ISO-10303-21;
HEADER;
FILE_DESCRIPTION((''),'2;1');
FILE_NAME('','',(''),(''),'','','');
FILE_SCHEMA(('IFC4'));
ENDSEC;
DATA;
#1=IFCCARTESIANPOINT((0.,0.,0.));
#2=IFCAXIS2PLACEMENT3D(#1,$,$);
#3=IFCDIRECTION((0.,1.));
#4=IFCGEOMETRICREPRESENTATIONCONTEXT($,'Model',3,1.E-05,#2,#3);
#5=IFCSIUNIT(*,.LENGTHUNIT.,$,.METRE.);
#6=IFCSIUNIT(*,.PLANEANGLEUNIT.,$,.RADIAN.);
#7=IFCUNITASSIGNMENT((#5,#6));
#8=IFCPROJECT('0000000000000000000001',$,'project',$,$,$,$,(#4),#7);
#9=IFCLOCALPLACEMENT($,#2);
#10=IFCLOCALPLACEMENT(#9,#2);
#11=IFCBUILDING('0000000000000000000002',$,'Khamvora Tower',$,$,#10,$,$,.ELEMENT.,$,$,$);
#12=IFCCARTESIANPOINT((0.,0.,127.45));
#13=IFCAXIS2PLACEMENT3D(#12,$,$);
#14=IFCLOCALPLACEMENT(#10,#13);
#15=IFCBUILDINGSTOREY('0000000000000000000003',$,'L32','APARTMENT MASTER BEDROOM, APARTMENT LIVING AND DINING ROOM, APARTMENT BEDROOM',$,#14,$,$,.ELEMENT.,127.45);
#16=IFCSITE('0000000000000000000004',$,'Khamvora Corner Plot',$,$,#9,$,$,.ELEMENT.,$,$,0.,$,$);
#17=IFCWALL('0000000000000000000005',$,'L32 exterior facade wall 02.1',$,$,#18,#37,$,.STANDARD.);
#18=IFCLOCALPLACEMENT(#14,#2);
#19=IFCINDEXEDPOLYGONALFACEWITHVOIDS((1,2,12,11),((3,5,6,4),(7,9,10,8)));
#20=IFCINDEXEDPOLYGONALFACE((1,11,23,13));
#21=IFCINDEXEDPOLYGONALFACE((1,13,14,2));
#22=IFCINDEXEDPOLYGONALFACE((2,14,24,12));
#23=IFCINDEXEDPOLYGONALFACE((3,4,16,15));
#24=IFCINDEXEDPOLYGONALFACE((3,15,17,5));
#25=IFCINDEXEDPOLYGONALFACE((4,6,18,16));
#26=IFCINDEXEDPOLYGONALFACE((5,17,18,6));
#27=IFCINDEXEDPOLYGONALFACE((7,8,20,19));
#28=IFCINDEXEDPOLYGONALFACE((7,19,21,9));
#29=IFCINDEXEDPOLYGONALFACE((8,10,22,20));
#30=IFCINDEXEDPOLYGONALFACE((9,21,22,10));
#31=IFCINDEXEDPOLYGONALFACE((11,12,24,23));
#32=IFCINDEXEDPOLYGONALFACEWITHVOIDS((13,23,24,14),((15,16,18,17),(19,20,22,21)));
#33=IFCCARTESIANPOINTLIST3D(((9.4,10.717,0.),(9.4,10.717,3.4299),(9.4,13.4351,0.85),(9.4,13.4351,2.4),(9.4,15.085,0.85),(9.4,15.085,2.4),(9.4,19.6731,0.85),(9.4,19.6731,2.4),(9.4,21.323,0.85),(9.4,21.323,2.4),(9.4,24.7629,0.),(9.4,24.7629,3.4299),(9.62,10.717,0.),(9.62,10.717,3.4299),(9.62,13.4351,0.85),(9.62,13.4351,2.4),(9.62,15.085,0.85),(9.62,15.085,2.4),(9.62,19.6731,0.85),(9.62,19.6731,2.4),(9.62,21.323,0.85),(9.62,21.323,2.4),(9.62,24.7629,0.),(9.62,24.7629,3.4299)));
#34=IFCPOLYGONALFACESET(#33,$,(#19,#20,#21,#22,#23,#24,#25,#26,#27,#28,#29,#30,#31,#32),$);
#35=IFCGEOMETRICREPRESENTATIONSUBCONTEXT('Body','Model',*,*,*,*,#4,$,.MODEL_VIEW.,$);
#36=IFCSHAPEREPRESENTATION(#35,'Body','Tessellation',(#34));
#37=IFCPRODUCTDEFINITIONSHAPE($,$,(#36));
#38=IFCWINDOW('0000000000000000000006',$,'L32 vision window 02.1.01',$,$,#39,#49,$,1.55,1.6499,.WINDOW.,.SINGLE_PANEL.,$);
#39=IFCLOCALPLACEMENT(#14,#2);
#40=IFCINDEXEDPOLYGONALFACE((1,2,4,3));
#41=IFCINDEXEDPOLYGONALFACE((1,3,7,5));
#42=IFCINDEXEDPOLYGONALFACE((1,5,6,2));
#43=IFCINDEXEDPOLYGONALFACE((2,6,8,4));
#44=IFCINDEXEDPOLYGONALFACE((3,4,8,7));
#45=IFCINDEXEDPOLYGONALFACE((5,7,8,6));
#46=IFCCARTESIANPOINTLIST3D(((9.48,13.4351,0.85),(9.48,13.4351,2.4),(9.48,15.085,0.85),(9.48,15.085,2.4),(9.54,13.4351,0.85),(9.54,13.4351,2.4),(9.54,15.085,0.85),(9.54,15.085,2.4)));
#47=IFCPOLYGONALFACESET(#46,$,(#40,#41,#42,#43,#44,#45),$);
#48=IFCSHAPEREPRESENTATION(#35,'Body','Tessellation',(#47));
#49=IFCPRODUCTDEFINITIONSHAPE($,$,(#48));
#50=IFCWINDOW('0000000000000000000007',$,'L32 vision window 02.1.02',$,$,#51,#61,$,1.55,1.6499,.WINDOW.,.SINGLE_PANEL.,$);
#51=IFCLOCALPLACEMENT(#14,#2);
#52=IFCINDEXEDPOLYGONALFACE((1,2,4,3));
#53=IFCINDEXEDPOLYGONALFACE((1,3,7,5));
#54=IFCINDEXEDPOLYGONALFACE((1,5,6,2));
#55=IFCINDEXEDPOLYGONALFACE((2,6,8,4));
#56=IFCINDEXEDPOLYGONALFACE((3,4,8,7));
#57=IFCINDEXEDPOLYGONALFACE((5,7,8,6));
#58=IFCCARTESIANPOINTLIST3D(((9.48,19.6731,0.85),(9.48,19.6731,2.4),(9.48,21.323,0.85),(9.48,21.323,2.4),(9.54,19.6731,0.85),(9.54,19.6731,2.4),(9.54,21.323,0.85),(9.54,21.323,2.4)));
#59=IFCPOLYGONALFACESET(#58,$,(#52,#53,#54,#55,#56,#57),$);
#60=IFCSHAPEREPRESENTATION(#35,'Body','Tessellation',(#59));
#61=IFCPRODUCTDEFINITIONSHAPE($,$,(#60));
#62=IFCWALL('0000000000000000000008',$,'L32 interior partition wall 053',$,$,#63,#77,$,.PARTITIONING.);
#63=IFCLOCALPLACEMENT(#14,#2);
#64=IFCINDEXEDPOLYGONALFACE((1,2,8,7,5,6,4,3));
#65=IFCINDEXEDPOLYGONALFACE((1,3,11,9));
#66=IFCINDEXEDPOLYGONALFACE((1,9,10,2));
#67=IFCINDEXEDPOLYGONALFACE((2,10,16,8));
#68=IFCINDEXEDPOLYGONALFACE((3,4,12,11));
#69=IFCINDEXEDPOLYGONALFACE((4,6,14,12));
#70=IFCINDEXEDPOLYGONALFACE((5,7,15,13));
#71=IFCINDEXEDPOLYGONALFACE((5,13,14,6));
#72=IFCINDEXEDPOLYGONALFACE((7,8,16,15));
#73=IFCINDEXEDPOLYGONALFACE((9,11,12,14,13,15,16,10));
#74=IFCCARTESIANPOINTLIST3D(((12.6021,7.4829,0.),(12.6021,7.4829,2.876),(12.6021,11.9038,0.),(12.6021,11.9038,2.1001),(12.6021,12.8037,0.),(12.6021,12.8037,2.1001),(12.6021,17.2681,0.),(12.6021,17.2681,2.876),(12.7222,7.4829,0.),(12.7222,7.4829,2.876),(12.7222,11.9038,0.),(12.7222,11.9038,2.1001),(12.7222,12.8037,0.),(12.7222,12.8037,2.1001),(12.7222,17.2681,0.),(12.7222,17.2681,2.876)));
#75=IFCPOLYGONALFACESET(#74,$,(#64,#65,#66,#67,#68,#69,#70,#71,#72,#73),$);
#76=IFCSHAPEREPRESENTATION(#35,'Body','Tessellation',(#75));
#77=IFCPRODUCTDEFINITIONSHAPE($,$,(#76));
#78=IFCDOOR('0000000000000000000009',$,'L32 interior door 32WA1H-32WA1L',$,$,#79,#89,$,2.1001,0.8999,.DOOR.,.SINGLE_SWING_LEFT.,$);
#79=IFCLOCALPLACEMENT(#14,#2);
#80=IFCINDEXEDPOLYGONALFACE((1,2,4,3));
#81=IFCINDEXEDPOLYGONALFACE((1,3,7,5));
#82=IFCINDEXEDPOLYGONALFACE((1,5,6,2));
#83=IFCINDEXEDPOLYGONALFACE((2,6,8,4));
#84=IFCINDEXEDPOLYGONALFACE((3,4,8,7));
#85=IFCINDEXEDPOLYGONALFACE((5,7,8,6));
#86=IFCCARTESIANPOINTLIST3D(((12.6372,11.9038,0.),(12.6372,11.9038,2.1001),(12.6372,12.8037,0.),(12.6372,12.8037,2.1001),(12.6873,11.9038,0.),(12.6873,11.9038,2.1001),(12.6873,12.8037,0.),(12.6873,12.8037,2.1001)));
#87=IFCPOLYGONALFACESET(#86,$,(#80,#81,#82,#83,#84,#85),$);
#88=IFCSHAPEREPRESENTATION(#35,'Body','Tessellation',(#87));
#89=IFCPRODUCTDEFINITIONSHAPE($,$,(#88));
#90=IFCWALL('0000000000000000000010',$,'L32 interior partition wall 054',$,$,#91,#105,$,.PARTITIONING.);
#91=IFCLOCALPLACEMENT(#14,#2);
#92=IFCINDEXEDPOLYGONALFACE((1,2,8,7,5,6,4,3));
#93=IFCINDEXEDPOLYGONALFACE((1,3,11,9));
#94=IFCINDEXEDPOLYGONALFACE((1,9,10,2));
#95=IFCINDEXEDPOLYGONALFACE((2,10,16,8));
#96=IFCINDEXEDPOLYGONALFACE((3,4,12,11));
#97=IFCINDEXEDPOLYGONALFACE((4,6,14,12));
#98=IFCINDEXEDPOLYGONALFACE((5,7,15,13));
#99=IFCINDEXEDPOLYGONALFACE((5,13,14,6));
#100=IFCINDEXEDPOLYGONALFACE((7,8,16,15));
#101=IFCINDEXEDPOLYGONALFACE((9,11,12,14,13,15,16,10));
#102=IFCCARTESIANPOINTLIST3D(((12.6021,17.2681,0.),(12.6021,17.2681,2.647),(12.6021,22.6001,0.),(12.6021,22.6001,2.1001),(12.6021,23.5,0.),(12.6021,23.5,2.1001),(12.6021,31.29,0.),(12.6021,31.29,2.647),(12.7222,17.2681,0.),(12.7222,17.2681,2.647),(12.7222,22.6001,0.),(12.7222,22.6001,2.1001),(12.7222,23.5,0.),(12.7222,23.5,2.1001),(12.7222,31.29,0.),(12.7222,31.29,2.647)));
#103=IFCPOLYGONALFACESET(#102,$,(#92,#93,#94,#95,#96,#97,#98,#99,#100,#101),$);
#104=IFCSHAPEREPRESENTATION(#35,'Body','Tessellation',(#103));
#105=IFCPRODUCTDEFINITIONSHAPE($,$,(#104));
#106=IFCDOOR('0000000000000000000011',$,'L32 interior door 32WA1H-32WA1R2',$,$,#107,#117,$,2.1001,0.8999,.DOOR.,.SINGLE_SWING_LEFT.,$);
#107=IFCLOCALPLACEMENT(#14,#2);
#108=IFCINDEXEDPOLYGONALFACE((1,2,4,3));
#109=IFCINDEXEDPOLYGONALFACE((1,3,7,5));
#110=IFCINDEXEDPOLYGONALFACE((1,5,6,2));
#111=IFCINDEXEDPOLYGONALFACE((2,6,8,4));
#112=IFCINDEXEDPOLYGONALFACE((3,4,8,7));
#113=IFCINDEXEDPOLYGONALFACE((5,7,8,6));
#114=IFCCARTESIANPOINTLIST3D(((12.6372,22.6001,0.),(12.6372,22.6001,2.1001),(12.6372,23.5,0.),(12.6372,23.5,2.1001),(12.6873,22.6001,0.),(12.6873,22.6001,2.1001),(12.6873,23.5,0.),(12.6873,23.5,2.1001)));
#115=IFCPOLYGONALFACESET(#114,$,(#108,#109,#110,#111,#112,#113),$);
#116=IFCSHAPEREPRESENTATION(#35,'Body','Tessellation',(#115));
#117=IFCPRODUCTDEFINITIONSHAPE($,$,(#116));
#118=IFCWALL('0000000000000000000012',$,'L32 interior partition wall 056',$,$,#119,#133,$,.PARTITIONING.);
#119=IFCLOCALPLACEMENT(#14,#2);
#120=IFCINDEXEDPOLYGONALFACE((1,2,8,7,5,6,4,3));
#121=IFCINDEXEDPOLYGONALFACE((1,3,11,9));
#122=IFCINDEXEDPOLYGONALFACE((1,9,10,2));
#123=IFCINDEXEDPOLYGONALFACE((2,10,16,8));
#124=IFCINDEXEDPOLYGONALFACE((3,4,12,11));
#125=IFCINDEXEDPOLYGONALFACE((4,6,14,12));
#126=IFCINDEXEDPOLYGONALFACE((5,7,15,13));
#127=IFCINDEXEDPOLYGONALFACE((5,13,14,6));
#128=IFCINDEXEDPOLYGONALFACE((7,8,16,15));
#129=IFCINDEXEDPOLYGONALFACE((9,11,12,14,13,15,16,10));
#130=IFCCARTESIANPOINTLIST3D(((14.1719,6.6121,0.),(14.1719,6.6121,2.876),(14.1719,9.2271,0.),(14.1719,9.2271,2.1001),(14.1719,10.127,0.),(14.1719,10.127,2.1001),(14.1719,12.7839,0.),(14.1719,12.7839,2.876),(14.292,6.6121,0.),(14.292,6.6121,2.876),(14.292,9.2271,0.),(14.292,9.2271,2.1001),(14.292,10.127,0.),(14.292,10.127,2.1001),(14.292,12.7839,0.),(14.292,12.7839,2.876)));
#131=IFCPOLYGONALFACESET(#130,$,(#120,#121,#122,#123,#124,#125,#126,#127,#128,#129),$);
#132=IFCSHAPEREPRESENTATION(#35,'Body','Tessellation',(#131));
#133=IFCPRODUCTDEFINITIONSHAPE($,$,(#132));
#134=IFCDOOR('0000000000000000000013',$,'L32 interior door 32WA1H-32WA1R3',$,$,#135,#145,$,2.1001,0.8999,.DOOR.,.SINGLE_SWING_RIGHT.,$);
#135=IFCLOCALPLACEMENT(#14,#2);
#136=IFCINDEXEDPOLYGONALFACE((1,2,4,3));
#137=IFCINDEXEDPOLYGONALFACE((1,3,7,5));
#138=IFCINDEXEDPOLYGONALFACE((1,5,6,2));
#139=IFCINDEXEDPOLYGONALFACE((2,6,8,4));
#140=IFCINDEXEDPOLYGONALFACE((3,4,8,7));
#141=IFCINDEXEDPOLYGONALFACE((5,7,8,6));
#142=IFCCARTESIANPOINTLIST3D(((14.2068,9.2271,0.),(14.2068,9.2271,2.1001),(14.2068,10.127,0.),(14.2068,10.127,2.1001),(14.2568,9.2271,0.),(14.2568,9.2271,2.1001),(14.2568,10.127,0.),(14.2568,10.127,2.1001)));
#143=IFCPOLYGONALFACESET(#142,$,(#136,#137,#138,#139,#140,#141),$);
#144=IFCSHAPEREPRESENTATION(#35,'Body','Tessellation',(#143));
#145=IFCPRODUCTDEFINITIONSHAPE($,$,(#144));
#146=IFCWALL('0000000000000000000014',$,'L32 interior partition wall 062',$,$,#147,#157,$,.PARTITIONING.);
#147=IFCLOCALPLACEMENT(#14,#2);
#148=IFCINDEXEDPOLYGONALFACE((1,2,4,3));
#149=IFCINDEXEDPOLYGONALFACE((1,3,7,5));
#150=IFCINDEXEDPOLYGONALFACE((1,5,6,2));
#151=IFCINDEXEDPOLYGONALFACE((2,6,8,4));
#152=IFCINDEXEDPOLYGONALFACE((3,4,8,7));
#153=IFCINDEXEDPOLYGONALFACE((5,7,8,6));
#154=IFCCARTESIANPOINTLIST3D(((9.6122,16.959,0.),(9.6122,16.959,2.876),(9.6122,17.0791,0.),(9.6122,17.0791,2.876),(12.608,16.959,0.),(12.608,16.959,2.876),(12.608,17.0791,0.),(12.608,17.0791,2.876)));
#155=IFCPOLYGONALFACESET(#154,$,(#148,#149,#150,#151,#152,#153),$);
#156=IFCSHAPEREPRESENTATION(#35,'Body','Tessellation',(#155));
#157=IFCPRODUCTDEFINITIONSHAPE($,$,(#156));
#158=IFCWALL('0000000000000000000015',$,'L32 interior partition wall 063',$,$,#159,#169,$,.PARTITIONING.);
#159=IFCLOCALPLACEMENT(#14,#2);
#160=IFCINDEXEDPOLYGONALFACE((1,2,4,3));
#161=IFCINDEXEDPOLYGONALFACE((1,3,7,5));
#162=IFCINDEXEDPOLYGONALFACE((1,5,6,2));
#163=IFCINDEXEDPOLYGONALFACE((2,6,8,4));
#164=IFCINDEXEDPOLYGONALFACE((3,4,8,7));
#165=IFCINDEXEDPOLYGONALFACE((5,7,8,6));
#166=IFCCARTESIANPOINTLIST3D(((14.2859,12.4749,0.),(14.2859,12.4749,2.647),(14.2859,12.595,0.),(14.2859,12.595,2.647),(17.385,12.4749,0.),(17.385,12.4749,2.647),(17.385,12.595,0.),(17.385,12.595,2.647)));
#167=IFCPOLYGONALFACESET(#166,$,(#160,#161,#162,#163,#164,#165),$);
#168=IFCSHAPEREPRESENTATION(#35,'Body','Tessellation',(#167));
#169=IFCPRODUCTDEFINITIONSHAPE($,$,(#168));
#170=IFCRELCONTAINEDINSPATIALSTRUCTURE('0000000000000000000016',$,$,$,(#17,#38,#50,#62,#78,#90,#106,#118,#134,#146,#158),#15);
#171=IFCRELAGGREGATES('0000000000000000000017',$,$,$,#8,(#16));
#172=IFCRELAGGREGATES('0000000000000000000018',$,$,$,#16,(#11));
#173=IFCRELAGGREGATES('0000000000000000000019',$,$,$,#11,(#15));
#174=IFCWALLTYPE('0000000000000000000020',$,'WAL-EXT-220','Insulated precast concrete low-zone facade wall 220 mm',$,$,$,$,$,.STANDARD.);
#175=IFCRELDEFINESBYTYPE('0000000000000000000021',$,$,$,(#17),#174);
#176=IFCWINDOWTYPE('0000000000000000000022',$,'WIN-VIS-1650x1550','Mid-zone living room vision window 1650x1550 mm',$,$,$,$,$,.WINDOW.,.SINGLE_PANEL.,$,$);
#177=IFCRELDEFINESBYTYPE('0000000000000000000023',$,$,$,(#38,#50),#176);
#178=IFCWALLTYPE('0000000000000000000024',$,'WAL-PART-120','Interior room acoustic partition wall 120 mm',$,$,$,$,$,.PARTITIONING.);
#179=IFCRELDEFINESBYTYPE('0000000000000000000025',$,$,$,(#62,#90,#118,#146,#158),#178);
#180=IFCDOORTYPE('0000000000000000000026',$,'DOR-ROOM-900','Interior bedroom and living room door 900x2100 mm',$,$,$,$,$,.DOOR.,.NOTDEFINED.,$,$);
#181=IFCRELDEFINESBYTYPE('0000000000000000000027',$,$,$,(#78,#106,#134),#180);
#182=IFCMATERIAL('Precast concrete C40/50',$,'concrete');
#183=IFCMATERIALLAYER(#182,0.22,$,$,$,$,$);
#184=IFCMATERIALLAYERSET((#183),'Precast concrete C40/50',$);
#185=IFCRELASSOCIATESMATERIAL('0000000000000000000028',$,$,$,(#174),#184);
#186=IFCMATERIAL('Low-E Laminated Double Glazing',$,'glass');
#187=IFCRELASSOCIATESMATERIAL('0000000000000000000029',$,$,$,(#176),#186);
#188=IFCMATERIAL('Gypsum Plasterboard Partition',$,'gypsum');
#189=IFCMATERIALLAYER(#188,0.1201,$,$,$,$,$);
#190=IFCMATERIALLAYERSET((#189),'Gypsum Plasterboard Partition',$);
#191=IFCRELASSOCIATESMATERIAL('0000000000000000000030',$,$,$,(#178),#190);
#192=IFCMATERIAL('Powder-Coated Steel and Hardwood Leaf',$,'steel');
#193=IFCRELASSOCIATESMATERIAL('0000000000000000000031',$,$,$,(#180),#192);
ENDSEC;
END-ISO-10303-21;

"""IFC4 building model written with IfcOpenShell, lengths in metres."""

from ifc_helpers import new_model, si_unit, direction, frame, frame_2d, origin, place, context, subcontext, project, spatial, rectangle, extrude, material, layer, layer_set, type_object, element, fill, save


model = new_model("IFC4")

# Units and contexts
model_context = context("Model", 3, precision=1e-05, world=origin(), true_north=direction((0.0, 1.0)))
body_context = subcontext(model_context, "Body", "Model", "MODEL_VIEW")
ifc_project = project(units=[si_unit("LENGTHUNIT", "METRE"), si_unit("PLANEANGLEUNIT", "RADIAN")], contexts=[model_context])

# Site, building, storey
site_placement = place(None, origin())
site = spatial("IfcSite", under=ifc_project, at=site_placement, Name="Khamvora Corner Plot", CompositionType="ELEMENT", RefElevation=0.0)
building_placement = place(site_placement, origin())
building = spatial("IfcBuilding", under=site, at=building_placement, Name="Khamvora Tower", CompositionType="ELEMENT")
storey_placement = place(building_placement, frame((0.0, 0.0, 127.45)))
storey = spatial("IfcBuildingStorey", under=building, at=storey_placement, Name="L32", Description="APARTMENT MASTER BEDROOM, APARTMENT LIVING AND DINING ROOM, APARTMENT BEDROOM", CompositionType="ELEMENT", Elevation=127.45)

# Shared definitions
ifc_material_1 = material(Name="Precast concrete C40/50", Category="concrete")
ifc_layer_1 = layer(ifc_material_1, 0.22)
ifc_layer_set_1 = layer_set([ifc_layer_1], Name="Precast concrete C40/50")
wall_type_1 = type_object("IfcWallType", Name="WAL-EXT-220", Description="Insulated precast concrete low-zone facade wall 220 mm", PredefinedType="STANDARD", material=ifc_layer_set_1)

# Wall, openings, windows
wall_1_placement = place(storey_placement, frame((9.51, 10.717, 0.0), z_axis=(0.0, 0.0, 1.0), x_axis=(0.0, 1.0, 0.0)))
wall_1 = element("IfcWall", 1, at=wall_1_placement, inside=storey, type_object=wall_type_1, Name="L32 exterior facade wall 02.1", PredefinedType="STANDARD", context=body_context, shape_type="SweptSolid", body=[
    extrude(rectangle(XDim=14.0459, YDim=0.22, at=frame_2d((7.0229, 0.0))), origin(), (0.0, 0.0, 1.0), 3.4299),
])
opening_1_placement = place(wall_1_placement, frame((2.718, 0.0, 0.8501)))
opening_1 = element("IfcOpeningElement", 2, at=opening_1_placement, cuts=wall_1, PredefinedType="OPENING", context=body_context, shape_type="SweptSolid", body=[
    extrude(rectangle(XDim=1.6499, YDim=1.55, at=frame_2d((0.825, 0.7749))), frame((0.0, 0.1199, 0.0), z_axis=(0.0, -1.0, 0.0), x_axis=(1.0, 0.0, 0.0)), (0.0, 0.0, 1.0), 0.24),
])
opening_2_placement = place(wall_1_placement, frame((8.9561, 0.0, 0.8501)))
opening_2 = element("IfcOpeningElement", 3, at=opening_2_placement, cuts=wall_1, PredefinedType="OPENING", context=body_context, shape_type="SweptSolid", body=[
    extrude(rectangle(XDim=1.6499, YDim=1.55, at=frame_2d((0.825, 0.7749))), frame((0.0, 0.1199, 0.0), z_axis=(0.0, -1.0, 0.0), x_axis=(1.0, 0.0, 0.0)), (0.0, 0.0, 1.0), 0.24),
])
ifc_material_2 = material(Name="Low-E Laminated Double Glazing", Category="glass")
window_type = type_object("IfcWindowType", Name="WIN-VIS-1650x1550", Description="Mid-zone living room vision window 1650x1550 mm", PartitioningType="SINGLE_PANEL", PredefinedType="WINDOW", material=ifc_material_2)
window_1_placement = place(opening_1_placement, origin())
window_1 = element("IfcWindow", 4, at=window_1_placement, inside=storey, type_object=window_type, Name="L32 vision window 02.1.01", OverallHeight=1.55, OverallWidth=1.6499, PartitioningType="SINGLE_PANEL", PredefinedType="WINDOW", context=body_context, shape_type="SweptSolid", body=[
    extrude(rectangle(XDim=1.6499, YDim=1.55, at=frame_2d((0.825, 0.7749))), frame((0.0, 0.03, 0.0), z_axis=(0.0, -1.0, 0.0), x_axis=(1.0, 0.0, 0.0)), (0.0, 0.0, 1.0), 0.0601),
])
fill(opening_1, window_1)
window_2_placement = place(opening_2_placement, origin())
window_2 = element("IfcWindow", 5, at=window_2_placement, inside=storey, type_object=window_type, Name="L32 vision window 02.1.02", OverallHeight=1.55, OverallWidth=1.6499, PartitioningType="SINGLE_PANEL", PredefinedType="WINDOW", context=body_context, shape_type="SweptSolid", body=[
    extrude(rectangle(XDim=1.6499, YDim=1.55, at=frame_2d((0.825, 0.7749))), frame((0.0, 0.03, 0.0), z_axis=(0.0, -1.0, 0.0), x_axis=(1.0, 0.0, 0.0)), (0.0, 0.0, 1.0), 0.0601),
])
fill(opening_2, window_2)

# Walls, openings, doors
ifc_material_3 = material(Name="Gypsum Plasterboard Partition", Category="gypsum")
ifc_layer_2 = layer(ifc_material_3, 0.1201)
ifc_layer_set_2 = layer_set([ifc_layer_2], Name="Gypsum Plasterboard Partition")
wall_type_2 = type_object("IfcWallType", Name="WAL-PART-120", Description="Interior room acoustic partition wall 120 mm", PredefinedType="PARTITIONING", material=ifc_layer_set_2)
wall_2_placement = place(storey_placement, frame((12.6621, 7.4829, 0.0), z_axis=(0.0, 0.0, 1.0), x_axis=(0.0, 1.0, 0.0)))
wall_2 = element("IfcWall", 6, at=wall_2_placement, inside=storey, type_object=wall_type_2, Name="L32 interior partition wall 053", PredefinedType="PARTITIONING", context=body_context, shape_type="SweptSolid", body=[
    extrude(rectangle(XDim=9.7852, YDim=0.1201, at=frame_2d((4.8926, 0.0))), origin(), (0.0, 0.0, 1.0), 2.876),
])
opening_3_placement = place(wall_2_placement, frame((4.4209, 0.0, 0.0)))
opening_3 = element("IfcOpeningElement", 7, at=opening_3_placement, cuts=wall_2, PredefinedType="OPENING", context=body_context, shape_type="SweptSolid", body=[
    extrude(rectangle(XDim=0.8999, YDim=2.1001, at=frame_2d((0.45, 1.05))), frame((0.0, 0.0701, 0.0), z_axis=(0.0, -1.0, 0.0), x_axis=(1.0, 0.0, 0.0)), (0.0, 0.0, 1.0), 0.1401),
])
ifc_material_4 = material(Name="Powder-Coated Steel and Hardwood Leaf", Category="steel")
door_type = type_object("IfcDoorType", Name="DOR-ROOM-900", Description="Interior bedroom and living room door 900x2100 mm", OperationType="NOTDEFINED", PredefinedType="DOOR", material=ifc_material_4)
door_1_placement = place(opening_3_placement, origin())
door_1 = element("IfcDoor", 8, at=door_1_placement, inside=storey, type_object=door_type, Name="L32 interior door 32WA1H-32WA1L", OperationType="SINGLE_SWING_LEFT", OverallHeight=2.1001, OverallWidth=0.8999, PredefinedType="DOOR", context=body_context, shape_type="SweptSolid", body=[
    extrude(rectangle(XDim=0.8999, YDim=2.1001, at=frame_2d((0.45, 1.05))), frame((0.0, 0.0249, 0.0), z_axis=(0.0, -1.0, 0.0), x_axis=(1.0, 0.0, 0.0)), (0.0, 0.0, 1.0), 0.05),
])
fill(opening_3, door_1)
wall_3_placement = place(storey_placement, frame((12.6621, 17.2681, 0.0), z_axis=(0.0, 0.0, 1.0), x_axis=(0.0, 1.0, 0.0)))
wall_3 = element("IfcWall", 9, at=wall_3_placement, inside=storey, type_object=wall_type_2, Name="L32 interior partition wall 054", PredefinedType="PARTITIONING", context=body_context, shape_type="SweptSolid", body=[
    extrude(rectangle(XDim=14.022, YDim=0.1201, at=frame_2d((7.011, 0.0))), origin(), (0.0, 0.0, 1.0), 2.647),
])
opening_4_placement = place(wall_3_placement, frame((5.332, 0.0, 0.0)))
opening_4 = element("IfcOpeningElement", 10, at=opening_4_placement, cuts=wall_3, PredefinedType="OPENING", context=body_context, shape_type="SweptSolid", body=[
    extrude(rectangle(XDim=0.8999, YDim=2.1001, at=frame_2d((0.45, 1.05))), frame((0.0, 0.0701, 0.0), z_axis=(0.0, -1.0, 0.0), x_axis=(1.0, 0.0, 0.0)), (0.0, 0.0, 1.0), 0.1401),
])
door_2_placement = place(opening_4_placement, origin())
door_2 = element("IfcDoor", 11, at=door_2_placement, inside=storey, type_object=door_type, Name="L32 interior door 32WA1H-32WA1R2", OperationType="SINGLE_SWING_LEFT", OverallHeight=2.1001, OverallWidth=0.8999, PredefinedType="DOOR", context=body_context, shape_type="SweptSolid", body=[
    extrude(rectangle(XDim=0.8999, YDim=2.1001, at=frame_2d((0.45, 1.05))), frame((0.0, 0.0249, 0.0), z_axis=(0.0, -1.0, 0.0), x_axis=(1.0, 0.0, 0.0)), (0.0, 0.0, 1.0), 0.05),
])
fill(opening_4, door_2)
wall_4_placement = place(storey_placement, frame((14.2319, 12.7839, 0.0), z_axis=(0.0, 0.0, 1.0), x_axis=(0.0, -1.0, 0.0)))
wall_4 = element("IfcWall", 12, at=wall_4_placement, inside=storey, type_object=wall_type_2, Name="L32 interior partition wall 056", PredefinedType="PARTITIONING", context=body_context, shape_type="SweptSolid", body=[
    extrude(rectangle(XDim=6.1719, YDim=0.1201, at=frame_2d((3.0859, 0.0))), origin(), (0.0, 0.0, 1.0), 2.876),
])
opening_5_placement = place(wall_4_placement, frame((2.657, 0.0, 0.0)))
opening_5 = element("IfcOpeningElement", 13, at=opening_5_placement, cuts=wall_4, PredefinedType="OPENING", context=body_context, shape_type="SweptSolid", body=[
    extrude(rectangle(XDim=0.8999, YDim=2.1001, at=frame_2d((0.45, 1.05))), frame((0.0, 0.0701, 0.0), z_axis=(0.0, -1.0, 0.0), x_axis=(1.0, 0.0, 0.0)), (0.0, 0.0, 1.0), 0.1401),
])
door_3_placement = place(opening_5_placement, origin())
door_3 = element("IfcDoor", 14, at=door_3_placement, inside=storey, type_object=door_type, Name="L32 interior door 32WA1H-32WA1R3", OperationType="SINGLE_SWING_RIGHT", OverallHeight=2.1001, OverallWidth=0.8999, PredefinedType="DOOR", context=body_context, shape_type="SweptSolid", body=[
    extrude(rectangle(XDim=0.8999, YDim=2.1001, at=frame_2d((0.45, 1.05))), frame((0.0, 0.0249, 0.0), z_axis=(0.0, -1.0, 0.0), x_axis=(1.0, 0.0, 0.0)), (0.0, 0.0, 1.0), 0.05),
])
fill(opening_5, door_3)

# Walls
wall_5_placement = place(storey_placement, frame((9.6121, 17.019, 0.0), z_axis=(0.0, 0.0, 1.0), x_axis=(1.0, 0.0, 0.0)))
element("IfcWall", 15, at=wall_5_placement, inside=storey, type_object=wall_type_2, Name="L32 interior partition wall 062", PredefinedType="PARTITIONING", context=body_context, shape_type="SweptSolid", body=[
    extrude(rectangle(XDim=2.9958, YDim=0.1201, at=frame_2d((1.498, 0.0))), origin(), (0.0, 0.0, 1.0), 2.876),
])
wall_6_placement = place(storey_placement, frame((14.2859, 12.5349, 0.0), z_axis=(0.0, 0.0, 1.0), x_axis=(1.0, 0.0, 0.0)))
element("IfcWall", 16, at=wall_6_placement, inside=storey, type_object=wall_type_2, Name="L32 interior partition wall 063", PredefinedType="PARTITIONING", context=body_context, shape_type="SweptSolid", body=[
    extrude(rectangle(XDim=3.0991, YDim=0.1201, at=frame_2d((1.5496, 0.0))), origin(), (0.0, 0.0, 1.0), 2.647),
])

save(model, "model.ifc")
